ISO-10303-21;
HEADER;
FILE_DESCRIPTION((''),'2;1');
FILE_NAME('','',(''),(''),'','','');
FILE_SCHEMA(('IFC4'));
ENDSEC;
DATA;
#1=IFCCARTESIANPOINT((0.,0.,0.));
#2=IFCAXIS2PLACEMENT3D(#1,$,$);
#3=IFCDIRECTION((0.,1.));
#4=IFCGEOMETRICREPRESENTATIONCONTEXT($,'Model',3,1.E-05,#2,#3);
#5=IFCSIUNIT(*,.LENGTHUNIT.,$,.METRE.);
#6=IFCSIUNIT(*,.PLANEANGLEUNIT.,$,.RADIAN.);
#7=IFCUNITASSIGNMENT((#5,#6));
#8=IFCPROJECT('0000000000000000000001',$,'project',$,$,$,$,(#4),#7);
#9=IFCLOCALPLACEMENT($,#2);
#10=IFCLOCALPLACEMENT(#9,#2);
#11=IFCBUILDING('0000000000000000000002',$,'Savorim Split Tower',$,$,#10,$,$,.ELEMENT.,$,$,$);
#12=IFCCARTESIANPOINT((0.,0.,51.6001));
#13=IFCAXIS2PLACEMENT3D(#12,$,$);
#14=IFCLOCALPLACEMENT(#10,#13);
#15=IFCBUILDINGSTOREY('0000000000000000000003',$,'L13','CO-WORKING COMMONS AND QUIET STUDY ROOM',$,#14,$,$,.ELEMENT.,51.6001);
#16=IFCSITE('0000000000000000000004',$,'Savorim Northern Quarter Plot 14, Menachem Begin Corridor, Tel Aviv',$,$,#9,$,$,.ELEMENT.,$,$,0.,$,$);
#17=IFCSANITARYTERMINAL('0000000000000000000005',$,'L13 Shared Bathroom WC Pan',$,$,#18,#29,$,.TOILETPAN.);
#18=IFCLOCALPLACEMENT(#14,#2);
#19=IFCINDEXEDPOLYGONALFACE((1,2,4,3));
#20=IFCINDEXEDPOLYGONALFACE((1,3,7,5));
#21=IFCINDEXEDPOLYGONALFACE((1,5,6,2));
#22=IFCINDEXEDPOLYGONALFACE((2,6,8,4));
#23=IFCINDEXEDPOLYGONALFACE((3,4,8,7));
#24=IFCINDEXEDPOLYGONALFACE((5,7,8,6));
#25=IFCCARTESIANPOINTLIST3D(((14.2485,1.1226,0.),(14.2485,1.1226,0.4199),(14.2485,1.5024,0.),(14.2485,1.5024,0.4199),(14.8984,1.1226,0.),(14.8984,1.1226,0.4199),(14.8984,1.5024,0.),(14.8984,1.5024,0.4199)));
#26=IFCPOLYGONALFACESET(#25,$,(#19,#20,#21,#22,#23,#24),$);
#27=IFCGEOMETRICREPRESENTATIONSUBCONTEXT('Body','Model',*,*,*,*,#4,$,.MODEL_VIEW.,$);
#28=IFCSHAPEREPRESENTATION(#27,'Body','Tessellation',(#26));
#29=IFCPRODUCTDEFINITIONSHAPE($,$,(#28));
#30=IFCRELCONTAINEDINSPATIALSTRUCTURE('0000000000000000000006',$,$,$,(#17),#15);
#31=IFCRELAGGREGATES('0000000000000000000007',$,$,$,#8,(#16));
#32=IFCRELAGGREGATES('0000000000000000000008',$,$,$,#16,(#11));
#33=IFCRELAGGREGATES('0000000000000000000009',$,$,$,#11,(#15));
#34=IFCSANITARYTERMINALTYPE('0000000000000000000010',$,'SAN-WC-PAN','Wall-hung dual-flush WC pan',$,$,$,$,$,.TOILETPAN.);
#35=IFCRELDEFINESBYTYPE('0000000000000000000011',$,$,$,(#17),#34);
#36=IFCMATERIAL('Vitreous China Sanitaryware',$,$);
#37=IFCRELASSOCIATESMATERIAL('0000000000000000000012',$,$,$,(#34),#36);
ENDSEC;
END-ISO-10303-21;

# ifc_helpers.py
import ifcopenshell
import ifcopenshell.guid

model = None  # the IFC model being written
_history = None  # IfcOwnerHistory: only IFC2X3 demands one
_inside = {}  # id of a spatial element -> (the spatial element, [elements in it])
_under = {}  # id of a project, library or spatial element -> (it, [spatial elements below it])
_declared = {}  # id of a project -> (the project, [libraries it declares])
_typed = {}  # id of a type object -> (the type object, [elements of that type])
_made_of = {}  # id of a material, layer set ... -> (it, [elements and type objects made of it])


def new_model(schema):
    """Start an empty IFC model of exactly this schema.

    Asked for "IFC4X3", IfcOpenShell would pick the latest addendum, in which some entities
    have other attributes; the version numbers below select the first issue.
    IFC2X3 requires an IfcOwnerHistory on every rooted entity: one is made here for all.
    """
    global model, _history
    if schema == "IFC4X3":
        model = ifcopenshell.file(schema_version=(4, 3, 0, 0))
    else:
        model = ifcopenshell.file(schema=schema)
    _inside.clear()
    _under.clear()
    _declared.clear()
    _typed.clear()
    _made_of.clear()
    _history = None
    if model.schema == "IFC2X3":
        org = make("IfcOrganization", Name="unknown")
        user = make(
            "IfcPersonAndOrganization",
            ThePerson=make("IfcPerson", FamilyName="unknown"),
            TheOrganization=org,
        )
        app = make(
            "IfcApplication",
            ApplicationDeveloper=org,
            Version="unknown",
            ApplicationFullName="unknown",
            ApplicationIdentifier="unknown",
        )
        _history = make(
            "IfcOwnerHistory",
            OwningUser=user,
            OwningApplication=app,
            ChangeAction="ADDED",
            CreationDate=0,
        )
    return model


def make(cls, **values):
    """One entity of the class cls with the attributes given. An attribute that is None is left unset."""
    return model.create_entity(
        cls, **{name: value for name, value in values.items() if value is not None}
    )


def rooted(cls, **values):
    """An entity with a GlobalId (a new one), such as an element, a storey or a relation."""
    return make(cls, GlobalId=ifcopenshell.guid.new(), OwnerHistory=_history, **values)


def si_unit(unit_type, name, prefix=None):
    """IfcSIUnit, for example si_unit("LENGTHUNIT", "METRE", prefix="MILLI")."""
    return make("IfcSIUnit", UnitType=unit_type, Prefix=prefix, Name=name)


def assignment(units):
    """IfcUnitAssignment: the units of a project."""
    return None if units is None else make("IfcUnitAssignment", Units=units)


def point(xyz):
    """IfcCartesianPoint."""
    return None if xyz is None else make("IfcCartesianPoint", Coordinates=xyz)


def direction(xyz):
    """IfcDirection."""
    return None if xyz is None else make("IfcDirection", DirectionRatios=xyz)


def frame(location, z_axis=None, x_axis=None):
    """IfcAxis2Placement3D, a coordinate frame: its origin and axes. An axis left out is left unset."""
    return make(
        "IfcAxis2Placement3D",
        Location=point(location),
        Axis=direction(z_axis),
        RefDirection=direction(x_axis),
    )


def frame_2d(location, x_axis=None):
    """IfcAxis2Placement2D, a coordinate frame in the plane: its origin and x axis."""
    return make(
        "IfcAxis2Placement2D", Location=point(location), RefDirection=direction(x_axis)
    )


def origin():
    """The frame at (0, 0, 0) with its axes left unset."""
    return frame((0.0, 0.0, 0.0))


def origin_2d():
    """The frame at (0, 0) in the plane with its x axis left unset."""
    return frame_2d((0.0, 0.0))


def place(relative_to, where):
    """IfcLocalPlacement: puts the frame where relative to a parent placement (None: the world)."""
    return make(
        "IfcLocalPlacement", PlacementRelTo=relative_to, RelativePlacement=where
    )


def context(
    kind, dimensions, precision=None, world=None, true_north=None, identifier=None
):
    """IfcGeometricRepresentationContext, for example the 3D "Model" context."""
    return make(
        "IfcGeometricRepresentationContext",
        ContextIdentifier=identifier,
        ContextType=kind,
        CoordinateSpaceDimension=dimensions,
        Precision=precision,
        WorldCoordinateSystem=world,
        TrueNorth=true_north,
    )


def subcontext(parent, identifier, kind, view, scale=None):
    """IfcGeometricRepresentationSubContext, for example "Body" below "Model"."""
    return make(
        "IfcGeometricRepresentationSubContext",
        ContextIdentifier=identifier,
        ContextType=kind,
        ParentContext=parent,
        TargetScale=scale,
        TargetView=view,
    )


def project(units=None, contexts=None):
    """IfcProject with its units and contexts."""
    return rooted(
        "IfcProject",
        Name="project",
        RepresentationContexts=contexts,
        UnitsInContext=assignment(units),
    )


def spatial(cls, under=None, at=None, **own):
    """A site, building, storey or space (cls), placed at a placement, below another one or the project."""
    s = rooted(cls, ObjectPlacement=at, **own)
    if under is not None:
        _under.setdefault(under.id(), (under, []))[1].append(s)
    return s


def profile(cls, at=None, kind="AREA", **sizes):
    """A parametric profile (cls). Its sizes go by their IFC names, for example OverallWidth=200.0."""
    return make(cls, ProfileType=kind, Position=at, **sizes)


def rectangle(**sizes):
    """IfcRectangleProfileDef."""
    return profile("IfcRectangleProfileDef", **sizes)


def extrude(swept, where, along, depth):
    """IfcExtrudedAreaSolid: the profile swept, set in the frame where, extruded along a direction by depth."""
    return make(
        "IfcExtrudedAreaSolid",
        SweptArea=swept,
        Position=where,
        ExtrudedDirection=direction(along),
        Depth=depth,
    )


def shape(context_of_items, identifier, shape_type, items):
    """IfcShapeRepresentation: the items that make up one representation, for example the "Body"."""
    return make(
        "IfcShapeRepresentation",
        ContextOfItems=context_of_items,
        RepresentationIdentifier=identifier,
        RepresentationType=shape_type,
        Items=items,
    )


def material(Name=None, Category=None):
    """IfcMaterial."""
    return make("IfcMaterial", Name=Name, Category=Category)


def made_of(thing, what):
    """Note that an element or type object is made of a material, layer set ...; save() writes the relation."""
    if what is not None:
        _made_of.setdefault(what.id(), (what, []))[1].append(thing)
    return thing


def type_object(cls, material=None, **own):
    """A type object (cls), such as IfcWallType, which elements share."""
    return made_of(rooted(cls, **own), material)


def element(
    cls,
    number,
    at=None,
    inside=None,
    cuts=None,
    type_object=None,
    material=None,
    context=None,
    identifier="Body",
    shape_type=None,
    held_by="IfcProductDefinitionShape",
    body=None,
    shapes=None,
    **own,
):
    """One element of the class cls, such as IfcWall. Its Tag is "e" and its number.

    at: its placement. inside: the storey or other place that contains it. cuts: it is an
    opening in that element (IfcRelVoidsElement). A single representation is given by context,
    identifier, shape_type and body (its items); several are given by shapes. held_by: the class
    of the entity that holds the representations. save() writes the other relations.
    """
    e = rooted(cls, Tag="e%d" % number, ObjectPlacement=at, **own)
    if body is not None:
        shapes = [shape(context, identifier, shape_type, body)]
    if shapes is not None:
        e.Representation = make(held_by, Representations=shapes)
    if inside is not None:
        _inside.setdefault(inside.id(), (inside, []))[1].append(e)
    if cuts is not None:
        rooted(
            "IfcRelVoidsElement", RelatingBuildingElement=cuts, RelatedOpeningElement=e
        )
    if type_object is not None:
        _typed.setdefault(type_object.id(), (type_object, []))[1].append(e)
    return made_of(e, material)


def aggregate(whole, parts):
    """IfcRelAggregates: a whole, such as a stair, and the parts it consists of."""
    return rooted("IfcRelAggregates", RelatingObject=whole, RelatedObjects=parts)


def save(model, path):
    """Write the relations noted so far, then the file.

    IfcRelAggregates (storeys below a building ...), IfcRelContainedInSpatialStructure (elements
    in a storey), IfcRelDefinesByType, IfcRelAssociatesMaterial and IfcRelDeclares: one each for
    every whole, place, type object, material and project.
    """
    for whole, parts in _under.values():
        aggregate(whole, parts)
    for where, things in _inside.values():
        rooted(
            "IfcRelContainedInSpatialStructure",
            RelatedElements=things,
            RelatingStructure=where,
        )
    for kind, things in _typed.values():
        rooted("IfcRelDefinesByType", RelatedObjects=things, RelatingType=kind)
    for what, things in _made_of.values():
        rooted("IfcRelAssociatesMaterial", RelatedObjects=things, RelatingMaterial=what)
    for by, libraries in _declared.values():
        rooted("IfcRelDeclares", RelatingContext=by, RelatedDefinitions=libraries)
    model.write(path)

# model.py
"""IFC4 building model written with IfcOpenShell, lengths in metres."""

from ifc_helpers import new_model, si_unit, direction, frame, origin, origin_2d, place, context, subcontext, project, spatial, rectangle, extrude, material, type_object, element, save


model = new_model("IFC4")

# Units and contexts
model_context = context("Model", 3, precision=1e-05, world=origin(), true_north=direction((0.0, 1.0)))
body_context = subcontext(model_context, "Body", "Model", "MODEL_VIEW")
ifc_project = project(units=[si_unit("LENGTHUNIT", "METRE"), si_unit("PLANEANGLEUNIT", "RADIAN")], contexts=[model_context])

# Site, building, storey
site_placement = place(None, origin())
site = spatial("IfcSite", under=ifc_project, at=site_placement, Name="Savorim Northern Quarter Plot 14, Menachem Begin Corridor, Tel Aviv", CompositionType="ELEMENT", RefElevation=0.0)
building_placement = place(site_placement, origin())
building = spatial("IfcBuilding", under=site, at=building_placement, Name="Savorim Split Tower", CompositionType="ELEMENT")
storey_placement = place(building_placement, frame((0.0, 0.0, 51.6001)))
storey = spatial("IfcBuildingStorey", under=building, at=storey_placement, Name="L13", Description="CO-WORKING COMMONS AND QUIET STUDY ROOM", CompositionType="ELEMENT", Elevation=51.6001)

# Sanitary terminal
ifc_material_1 = material(Name="Vitreous China Sanitaryware")
sanitary_terminal_type_1 = type_object("IfcSanitaryTerminalType", Name="SAN-WC-PAN", Description="Wall-hung dual-flush WC pan", PredefinedType="TOILETPAN", material=ifc_material_1)
sanitary_terminal_1_placement = place(storey_placement, frame((14.5735, 1.3125, 0.0), z_axis=(0.0, 0.0, 1.0), x_axis=(1.0, 0.0, 0.0)))
element("IfcSanitaryTerminal", 1, at=sanitary_terminal_1_placement, inside=storey, type_object=sanitary_terminal_type_1, Name="L13 Shared Bathroom WC Pan", PredefinedType="TOILETPAN", context=body_context, shape_type="SweptSolid", body=[
    extrude(rectangle(XDim=0.6499, YDim=0.3799, at=origin_2d()), origin(), (0.0, 0.0, 1.0), 0.4199),
])

save(model, "model.ifc")
